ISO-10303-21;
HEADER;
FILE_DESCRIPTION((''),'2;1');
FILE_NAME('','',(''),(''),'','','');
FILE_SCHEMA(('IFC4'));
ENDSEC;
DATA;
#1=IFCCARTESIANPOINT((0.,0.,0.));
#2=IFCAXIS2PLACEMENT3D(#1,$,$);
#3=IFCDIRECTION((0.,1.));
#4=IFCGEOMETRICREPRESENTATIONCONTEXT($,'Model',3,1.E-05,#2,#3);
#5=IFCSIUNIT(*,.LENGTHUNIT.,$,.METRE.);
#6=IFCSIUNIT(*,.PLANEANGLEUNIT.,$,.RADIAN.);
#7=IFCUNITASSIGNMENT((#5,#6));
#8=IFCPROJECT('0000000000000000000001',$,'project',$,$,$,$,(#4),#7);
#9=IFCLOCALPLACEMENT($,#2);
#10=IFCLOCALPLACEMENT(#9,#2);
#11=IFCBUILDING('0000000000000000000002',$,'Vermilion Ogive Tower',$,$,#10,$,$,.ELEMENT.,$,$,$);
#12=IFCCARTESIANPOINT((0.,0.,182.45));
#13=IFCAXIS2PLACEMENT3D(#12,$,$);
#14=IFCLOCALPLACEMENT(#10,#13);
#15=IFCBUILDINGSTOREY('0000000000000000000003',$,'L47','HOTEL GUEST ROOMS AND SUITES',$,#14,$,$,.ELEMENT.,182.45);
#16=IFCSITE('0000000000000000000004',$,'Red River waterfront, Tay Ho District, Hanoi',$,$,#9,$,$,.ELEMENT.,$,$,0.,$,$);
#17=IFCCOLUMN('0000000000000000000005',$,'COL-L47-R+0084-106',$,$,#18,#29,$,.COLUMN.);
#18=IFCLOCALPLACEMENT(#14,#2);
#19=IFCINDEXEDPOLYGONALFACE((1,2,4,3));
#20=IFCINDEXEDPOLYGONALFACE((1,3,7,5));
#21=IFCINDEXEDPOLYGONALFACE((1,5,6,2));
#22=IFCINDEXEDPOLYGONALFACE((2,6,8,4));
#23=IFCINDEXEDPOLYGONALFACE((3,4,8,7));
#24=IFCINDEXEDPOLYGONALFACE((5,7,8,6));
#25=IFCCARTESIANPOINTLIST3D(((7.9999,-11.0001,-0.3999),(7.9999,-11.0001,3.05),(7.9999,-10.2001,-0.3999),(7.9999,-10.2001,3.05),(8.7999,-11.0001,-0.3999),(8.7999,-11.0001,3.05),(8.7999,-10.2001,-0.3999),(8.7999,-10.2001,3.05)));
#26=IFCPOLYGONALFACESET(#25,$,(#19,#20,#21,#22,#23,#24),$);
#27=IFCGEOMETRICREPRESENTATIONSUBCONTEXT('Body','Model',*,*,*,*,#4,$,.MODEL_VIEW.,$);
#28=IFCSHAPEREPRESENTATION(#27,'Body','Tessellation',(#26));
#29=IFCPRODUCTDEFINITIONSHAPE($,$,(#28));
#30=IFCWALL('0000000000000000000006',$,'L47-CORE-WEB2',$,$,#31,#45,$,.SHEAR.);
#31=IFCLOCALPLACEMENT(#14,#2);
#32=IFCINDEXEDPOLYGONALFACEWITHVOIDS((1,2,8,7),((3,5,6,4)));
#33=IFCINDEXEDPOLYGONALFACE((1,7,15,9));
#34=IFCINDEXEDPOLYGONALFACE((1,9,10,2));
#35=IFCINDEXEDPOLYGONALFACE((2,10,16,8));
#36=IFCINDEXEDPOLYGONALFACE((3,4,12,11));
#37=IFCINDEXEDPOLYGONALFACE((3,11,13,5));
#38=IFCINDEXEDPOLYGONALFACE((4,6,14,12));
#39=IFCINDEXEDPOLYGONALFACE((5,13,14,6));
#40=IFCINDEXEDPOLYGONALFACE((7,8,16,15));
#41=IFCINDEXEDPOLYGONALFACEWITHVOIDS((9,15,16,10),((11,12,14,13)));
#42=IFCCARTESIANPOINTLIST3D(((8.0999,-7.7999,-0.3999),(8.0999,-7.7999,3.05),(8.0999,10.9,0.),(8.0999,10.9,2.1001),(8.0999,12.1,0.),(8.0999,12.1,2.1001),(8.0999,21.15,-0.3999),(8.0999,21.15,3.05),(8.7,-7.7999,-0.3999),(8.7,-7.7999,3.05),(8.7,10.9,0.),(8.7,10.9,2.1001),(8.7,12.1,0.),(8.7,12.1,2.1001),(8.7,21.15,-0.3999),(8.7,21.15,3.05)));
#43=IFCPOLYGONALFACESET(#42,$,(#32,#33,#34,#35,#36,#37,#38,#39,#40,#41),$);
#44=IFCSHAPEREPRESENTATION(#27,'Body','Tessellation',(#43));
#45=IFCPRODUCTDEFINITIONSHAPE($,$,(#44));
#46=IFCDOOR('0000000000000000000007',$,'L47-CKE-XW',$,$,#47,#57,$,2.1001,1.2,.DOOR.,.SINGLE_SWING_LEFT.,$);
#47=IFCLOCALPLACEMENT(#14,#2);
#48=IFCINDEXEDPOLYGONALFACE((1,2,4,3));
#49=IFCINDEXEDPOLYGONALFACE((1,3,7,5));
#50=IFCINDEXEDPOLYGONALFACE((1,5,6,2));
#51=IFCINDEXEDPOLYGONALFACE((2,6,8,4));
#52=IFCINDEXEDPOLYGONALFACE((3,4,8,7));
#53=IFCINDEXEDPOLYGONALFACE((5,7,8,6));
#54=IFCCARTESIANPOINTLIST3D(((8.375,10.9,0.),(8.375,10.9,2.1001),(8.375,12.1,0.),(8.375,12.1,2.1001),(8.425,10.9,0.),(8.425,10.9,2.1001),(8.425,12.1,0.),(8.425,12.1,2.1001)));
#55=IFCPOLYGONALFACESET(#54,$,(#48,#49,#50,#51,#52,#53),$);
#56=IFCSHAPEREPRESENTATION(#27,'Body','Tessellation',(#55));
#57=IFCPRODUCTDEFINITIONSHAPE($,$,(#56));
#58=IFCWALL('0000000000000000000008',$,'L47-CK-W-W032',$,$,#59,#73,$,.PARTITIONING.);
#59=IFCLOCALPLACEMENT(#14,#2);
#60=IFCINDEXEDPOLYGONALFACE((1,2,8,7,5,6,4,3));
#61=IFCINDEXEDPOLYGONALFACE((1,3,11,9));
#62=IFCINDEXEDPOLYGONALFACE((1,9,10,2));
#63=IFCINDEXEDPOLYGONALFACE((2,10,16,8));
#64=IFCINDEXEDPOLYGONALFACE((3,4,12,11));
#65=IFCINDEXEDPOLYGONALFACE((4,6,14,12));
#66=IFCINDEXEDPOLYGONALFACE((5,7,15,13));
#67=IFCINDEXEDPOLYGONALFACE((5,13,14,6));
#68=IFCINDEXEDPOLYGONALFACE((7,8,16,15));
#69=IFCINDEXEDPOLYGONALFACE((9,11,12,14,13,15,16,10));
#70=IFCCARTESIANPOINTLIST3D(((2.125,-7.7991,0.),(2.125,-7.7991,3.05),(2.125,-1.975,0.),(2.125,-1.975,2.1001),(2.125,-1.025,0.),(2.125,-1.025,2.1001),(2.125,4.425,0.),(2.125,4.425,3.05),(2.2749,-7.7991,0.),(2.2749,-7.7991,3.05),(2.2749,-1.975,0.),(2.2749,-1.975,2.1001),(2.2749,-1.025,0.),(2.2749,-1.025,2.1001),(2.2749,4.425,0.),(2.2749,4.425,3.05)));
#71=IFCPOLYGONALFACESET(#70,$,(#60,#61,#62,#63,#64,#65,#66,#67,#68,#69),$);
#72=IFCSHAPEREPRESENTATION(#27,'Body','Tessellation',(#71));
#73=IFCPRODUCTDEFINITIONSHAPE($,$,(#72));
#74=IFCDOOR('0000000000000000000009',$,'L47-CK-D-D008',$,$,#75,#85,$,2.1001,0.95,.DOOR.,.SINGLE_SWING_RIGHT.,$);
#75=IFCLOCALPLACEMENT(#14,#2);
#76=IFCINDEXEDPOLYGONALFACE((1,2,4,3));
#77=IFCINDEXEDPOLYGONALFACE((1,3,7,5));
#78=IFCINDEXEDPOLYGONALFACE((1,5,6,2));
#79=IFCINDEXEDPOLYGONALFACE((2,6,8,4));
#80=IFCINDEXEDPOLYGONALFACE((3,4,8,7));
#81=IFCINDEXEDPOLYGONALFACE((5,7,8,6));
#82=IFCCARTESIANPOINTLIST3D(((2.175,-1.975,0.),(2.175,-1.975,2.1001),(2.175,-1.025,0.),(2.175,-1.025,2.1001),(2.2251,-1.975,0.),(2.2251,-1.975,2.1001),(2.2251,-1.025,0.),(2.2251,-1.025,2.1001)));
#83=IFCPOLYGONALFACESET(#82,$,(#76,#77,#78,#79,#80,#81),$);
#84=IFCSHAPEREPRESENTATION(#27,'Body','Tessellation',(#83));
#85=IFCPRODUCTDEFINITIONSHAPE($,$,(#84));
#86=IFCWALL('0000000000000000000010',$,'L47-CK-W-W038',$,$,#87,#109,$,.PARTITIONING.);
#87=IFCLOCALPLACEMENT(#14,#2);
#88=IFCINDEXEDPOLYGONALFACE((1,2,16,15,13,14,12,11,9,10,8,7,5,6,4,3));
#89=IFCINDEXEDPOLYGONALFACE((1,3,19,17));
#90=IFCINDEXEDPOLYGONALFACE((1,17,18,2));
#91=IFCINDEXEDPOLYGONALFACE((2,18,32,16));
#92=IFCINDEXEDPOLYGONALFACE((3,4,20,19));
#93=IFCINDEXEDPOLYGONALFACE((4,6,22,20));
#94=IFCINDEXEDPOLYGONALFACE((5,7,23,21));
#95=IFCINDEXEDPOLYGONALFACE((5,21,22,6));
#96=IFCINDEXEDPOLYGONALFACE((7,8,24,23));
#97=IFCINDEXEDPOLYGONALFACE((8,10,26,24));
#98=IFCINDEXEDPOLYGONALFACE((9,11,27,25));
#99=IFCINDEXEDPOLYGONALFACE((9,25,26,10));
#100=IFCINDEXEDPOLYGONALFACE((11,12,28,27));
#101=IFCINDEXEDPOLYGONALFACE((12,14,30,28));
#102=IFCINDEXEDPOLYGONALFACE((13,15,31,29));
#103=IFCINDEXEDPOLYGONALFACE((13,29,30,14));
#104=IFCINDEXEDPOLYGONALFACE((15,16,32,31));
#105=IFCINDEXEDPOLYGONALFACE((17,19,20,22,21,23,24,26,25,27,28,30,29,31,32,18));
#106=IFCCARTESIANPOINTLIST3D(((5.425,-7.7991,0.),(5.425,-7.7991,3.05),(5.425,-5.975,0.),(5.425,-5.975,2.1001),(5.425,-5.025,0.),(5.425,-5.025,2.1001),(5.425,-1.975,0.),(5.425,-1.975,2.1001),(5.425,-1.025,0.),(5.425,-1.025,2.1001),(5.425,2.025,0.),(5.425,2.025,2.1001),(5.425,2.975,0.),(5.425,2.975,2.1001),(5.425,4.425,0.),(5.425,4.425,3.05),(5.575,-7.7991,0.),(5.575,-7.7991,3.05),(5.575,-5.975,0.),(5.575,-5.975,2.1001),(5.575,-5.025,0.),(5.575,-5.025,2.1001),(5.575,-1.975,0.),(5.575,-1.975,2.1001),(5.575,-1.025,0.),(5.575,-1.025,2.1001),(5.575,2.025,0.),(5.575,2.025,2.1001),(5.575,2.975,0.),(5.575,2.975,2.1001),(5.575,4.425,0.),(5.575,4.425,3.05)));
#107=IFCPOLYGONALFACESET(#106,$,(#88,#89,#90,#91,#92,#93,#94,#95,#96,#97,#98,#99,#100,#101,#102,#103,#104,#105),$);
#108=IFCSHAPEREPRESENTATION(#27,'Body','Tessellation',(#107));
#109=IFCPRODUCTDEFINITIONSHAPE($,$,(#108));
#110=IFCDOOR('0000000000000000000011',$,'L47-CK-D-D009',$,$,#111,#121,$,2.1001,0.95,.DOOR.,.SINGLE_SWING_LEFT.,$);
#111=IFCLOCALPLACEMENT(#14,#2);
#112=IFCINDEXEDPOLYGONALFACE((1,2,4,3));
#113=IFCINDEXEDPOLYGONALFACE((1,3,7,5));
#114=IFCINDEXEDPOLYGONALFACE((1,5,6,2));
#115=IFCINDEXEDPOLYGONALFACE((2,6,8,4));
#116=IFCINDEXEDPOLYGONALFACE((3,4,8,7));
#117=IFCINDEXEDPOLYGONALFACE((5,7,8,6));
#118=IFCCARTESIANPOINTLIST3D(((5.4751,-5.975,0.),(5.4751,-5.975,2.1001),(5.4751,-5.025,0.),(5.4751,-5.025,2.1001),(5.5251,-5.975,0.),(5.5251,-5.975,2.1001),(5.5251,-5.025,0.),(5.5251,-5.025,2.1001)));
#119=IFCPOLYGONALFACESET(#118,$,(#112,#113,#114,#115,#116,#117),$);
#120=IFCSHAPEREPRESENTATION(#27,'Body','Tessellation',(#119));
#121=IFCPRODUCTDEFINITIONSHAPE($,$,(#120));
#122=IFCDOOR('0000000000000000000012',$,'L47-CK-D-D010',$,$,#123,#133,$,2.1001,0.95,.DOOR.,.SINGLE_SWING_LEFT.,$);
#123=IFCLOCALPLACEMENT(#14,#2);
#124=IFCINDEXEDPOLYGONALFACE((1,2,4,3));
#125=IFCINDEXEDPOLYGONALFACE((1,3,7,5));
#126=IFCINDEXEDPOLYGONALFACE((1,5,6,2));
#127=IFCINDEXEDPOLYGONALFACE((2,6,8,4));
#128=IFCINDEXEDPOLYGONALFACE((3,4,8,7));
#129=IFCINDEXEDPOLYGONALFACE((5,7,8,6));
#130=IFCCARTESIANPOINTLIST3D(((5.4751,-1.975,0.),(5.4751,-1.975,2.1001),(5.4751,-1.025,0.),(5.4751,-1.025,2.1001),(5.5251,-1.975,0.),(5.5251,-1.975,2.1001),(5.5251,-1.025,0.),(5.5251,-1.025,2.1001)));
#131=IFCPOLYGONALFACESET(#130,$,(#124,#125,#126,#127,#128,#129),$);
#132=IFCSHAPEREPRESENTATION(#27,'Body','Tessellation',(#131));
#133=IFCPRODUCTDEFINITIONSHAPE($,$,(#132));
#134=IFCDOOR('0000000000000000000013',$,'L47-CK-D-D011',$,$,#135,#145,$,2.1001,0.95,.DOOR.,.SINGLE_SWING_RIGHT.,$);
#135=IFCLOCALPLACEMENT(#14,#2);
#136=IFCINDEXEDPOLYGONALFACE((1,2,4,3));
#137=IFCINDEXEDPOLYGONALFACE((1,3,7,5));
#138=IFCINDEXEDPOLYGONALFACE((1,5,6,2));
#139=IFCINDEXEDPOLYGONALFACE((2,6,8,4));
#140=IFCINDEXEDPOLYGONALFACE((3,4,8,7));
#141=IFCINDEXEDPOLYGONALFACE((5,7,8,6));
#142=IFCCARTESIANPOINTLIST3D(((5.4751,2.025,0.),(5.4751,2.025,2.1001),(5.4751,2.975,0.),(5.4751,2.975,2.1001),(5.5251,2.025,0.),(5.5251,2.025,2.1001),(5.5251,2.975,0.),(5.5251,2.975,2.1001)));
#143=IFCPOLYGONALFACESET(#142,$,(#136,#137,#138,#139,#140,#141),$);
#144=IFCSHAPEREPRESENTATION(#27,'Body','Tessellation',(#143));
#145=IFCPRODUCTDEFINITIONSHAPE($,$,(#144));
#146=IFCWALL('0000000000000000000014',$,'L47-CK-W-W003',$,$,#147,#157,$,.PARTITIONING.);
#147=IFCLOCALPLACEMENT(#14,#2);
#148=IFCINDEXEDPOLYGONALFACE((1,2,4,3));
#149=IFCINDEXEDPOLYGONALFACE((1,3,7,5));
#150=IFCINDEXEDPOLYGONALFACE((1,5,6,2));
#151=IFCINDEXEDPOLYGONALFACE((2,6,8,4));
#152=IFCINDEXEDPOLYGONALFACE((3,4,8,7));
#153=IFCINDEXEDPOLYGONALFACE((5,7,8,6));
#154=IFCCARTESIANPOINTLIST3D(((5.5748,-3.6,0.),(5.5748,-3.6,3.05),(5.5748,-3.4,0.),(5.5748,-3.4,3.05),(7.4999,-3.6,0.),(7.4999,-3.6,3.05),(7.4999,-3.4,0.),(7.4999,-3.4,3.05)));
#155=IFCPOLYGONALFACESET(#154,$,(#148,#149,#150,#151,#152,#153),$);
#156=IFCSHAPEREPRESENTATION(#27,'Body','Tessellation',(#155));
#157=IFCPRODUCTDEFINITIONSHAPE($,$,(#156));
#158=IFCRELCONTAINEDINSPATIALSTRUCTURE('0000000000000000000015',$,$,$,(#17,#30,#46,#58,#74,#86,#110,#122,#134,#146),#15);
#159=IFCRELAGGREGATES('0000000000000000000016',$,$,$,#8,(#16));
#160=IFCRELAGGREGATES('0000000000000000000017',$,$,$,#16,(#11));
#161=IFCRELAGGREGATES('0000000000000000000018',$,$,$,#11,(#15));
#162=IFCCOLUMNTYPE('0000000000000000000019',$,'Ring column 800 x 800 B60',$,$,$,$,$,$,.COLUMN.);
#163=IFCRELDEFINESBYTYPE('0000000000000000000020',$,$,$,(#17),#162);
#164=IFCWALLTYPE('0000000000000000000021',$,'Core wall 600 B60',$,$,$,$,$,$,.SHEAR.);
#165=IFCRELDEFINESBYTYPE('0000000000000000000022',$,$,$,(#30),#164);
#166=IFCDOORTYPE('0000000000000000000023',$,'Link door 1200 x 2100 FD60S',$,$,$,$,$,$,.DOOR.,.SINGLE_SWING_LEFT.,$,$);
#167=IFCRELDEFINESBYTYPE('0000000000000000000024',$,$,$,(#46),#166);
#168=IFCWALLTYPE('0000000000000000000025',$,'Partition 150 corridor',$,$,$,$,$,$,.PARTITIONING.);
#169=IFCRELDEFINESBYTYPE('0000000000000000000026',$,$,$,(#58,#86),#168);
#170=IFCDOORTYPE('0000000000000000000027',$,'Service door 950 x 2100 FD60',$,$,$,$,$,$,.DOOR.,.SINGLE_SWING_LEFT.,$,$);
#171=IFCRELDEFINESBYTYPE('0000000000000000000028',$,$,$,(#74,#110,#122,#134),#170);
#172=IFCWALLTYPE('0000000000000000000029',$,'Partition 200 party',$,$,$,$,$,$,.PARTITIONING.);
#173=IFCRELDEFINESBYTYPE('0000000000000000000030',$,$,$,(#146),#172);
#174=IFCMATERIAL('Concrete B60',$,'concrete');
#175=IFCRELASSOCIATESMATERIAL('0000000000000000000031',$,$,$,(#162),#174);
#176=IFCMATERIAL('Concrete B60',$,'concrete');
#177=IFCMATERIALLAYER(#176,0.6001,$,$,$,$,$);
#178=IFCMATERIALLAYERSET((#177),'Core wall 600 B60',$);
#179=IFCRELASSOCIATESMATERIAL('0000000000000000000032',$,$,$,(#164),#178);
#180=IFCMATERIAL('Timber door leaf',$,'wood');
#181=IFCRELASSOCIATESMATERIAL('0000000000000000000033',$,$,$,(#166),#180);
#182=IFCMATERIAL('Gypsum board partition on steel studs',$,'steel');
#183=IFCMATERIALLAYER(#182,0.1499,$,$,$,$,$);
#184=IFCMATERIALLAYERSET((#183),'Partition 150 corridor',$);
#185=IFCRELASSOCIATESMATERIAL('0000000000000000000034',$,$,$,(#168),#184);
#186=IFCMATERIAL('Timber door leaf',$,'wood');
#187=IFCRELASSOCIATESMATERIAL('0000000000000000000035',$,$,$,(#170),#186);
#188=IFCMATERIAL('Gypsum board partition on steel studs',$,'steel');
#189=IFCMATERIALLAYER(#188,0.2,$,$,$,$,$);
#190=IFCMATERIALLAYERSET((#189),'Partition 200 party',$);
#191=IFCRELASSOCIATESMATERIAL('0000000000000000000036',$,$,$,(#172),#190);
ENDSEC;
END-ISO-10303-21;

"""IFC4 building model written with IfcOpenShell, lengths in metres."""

from ifc_helpers import new_model, si_unit, direction, frame, frame_2d, origin, origin_2d, place, context, subcontext, project, spatial, rectangle, extrude, material, layer, layer_set, material_profile, profile_set, type_object, element, fill, save


model = new_model("IFC4")

# Units and contexts
model_context = context("Model", 3, precision=1e-05, world=origin(), true_north=direction((0.0, 1.0)))
body_context = subcontext(model_context, "Body", "Model", "MODEL_VIEW")
ifc_project = project(units=[si_unit("LENGTHUNIT", "METRE"), si_unit("PLANEANGLEUNIT", "RADIAN")], contexts=[model_context])

# Site, building, storey
site_placement = place(None, origin())
site = spatial("IfcSite", under=ifc_project, at=site_placement, Name="Red River waterfront, Tay Ho District, Hanoi", CompositionType="ELEMENT", RefElevation=0.0)
building_placement = place(site_placement, origin())
building = spatial("IfcBuilding", under=site, at=building_placement, Name="Vermilion Ogive Tower", CompositionType="ELEMENT")
storey_placement = place(building_placement, frame((0.0, 0.0, 182.45)))
storey = spatial("IfcBuildingStorey", under=building, at=storey_placement, Name="L47", Description="HOTEL GUEST ROOMS AND SUITES", CompositionType="ELEMENT", Elevation=182.45)

# Column
ifc_material_1 = material(Name="Concrete B60", Category="concrete")
ifc_material_profile = material_profile(ifc_material_1, rectangle(XDim=0.8, YDim=0.8, at=origin_2d()), Name="800 x 800")
ifc_profile_set = profile_set([ifc_material_profile], Name="Concrete B60")
column_type = type_object("IfcColumnType", Name="Ring column 800 x 800 B60", PredefinedType="COLUMN", material=ifc_profile_set)
column_placement = place(storey_placement, frame((8.3999, -10.6001, -0.3999), z_axis=(0.0, 0.0, 1.0), x_axis=(1.0, 0.0, 0.0)))
element("IfcColumn", 1, at=column_placement, inside=storey, type_object=column_type, Name="COL-L47-R+0084-106", PredefinedType="COLUMN", context=body_context, shape_type="SweptSolid", body=[
    extrude(rectangle(XDim=0.8, YDim=0.8, at=origin_2d()), origin(), (0.0, 0.0, 1.0), 3.45),
])

# Walls, openings, doors
ifc_material_2 = material(Name="Concrete B60", Category="concrete")
ifc_layer_1 = layer(ifc_material_2, 0.6001)
ifc_layer_set_1 = layer_set([ifc_layer_1], Name="Core wall 600 B60")
wall_type_1 = type_object("IfcWallType", Name="Core wall 600 B60", PredefinedType="SHEAR", material=ifc_layer_set_1)
wall_1_placement = place(storey_placement, frame((8.3999, -7.8, -0.3999), z_axis=(0.0, 0.0, 1.0), x_axis=(0.0, 1.0, 0.0)))
wall_1 = element("IfcWall", 2, at=wall_1_placement, inside=storey, type_object=wall_type_1, Name="L47-CORE-WEB2", PredefinedType="SHEAR", context=body_context, shape_type="SweptSolid", body=[
    extrude(rectangle(XDim=28.95, YDim=0.6001, at=frame_2d((14.4751, 0.0))), origin(), (0.0, 0.0, 1.0), 3.45),
])
opening_1_placement = place(wall_1_placement, frame((18.7, 0.0, 0.3999)))
opening_1 = element("IfcOpeningElement", 3, at=opening_1_placement, cuts=wall_1, PredefinedType="OPENING", context=body_context, shape_type="SweptSolid", body=[
    extrude(rectangle(XDim=1.2, YDim=2.1001, at=frame_2d((0.6001, 1.05))), frame((0.0, 0.3101, 0.0), z_axis=(0.0, -1.0, 0.0), x_axis=(1.0, 0.0, 0.0)), (0.0, 0.0, 1.0), 0.6201),
])
ifc_material_3 = material(Name="Timber door leaf", Category="wood")
door_type_1 = type_object("IfcDoorType", Name="Link door 1200 x 2100 FD60S", OperationType="SINGLE_SWING_LEFT", PredefinedType="DOOR", material=ifc_material_3)
door_1_placement = place(opening_1_placement, origin())
door_1 = element("IfcDoor", 4, at=door_1_placement, inside=storey, type_object=door_type_1, Name="L47-CKE-XW", OperationType="SINGLE_SWING_LEFT", OverallHeight=2.1001, OverallWidth=1.2, PredefinedType="DOOR", context=body_context, shape_type="SweptSolid", body=[
    extrude(rectangle(XDim=1.2, YDim=2.1001, at=frame_2d((0.6001, 1.05))), frame((0.0, 0.0249, 0.0), z_axis=(0.0, -1.0, 0.0), x_axis=(1.0, 0.0, 0.0)), (0.0, 0.0, 1.0), 0.05),
])
fill(opening_1, door_1)
ifc_material_4 = material(Name="Gypsum board partition on steel studs", Category="steel")
ifc_layer_2 = layer(ifc_material_4, 0.1499)
ifc_layer_set_2 = layer_set([ifc_layer_2], Name="Partition 150 corridor")
wall_type_2 = type_object("IfcWallType", Name="Partition 150 corridor", PredefinedType="PARTITIONING", material=ifc_layer_set_2)
wall_2_placement = place(storey_placement, frame((2.2, -7.7991, 0.0), z_axis=(0.0, 0.0, 1.0), x_axis=(0.0, 1.0, 0.0)))
wall_2 = element("IfcWall", 5, at=wall_2_placement, inside=storey, type_object=wall_type_2, Name="L47-CK-W-W032", PredefinedType="PARTITIONING", context=body_context, shape_type="SweptSolid", body=[
    extrude(rectangle(XDim=12.2241, YDim=0.1499, at=frame_2d((6.1121, 0.0))), origin(), (0.0, 0.0, 1.0), 3.05),
])
opening_2_placement = place(wall_2_placement, frame((5.824, 0.0, 0.0)))
opening_2 = element("IfcOpeningElement", 6, at=opening_2_placement, cuts=wall_2, PredefinedType="OPENING", context=body_context, shape_type="SweptSolid", body=[
    extrude(rectangle(XDim=0.95, YDim=2.1001, at=frame_2d((0.4751, 1.05))), frame((0.0, 0.085, 0.0), z_axis=(0.0, -1.0, 0.0), x_axis=(1.0, 0.0, 0.0)), (0.0, 0.0, 1.0), 0.1699),
])
ifc_material_5 = material(Name="Timber door leaf", Category="wood")
door_type_2 = type_object("IfcDoorType", Name="Service door 950 x 2100 FD60", OperationType="SINGLE_SWING_LEFT", PredefinedType="DOOR", material=ifc_material_5)
door_2_placement = place(opening_2_placement, origin())
door_2 = element("IfcDoor", 7, at=door_2_placement, inside=storey, type_object=door_type_2, Name="L47-CK-D-D008", OperationType="SINGLE_SWING_RIGHT", OverallHeight=2.1001, OverallWidth=0.95, PredefinedType="DOOR", context=body_context, shape_type="SweptSolid", body=[
    extrude(rectangle(XDim=0.95, YDim=2.1001, at=frame_2d((0.4751, 1.05))), frame((0.0, 0.0249, 0.0), z_axis=(0.0, -1.0, 0.0), x_axis=(1.0, 0.0, 0.0)), (0.0, 0.0, 1.0), 0.05),
])
fill(opening_2, door_2)

# Wall, openings, doors
wall_3_placement = place(storey_placement, frame((5.5, -7.7991, 0.0), z_axis=(0.0, 0.0, 1.0), x_axis=(0.0, 1.0, 0.0)))
wall_3 = element("IfcWall", 8, at=wall_3_placement, inside=storey, type_object=wall_type_2, Name="L47-CK-W-W038", PredefinedType="PARTITIONING", context=body_context, shape_type="SweptSolid", body=[
    extrude(rectangle(XDim=12.2241, YDim=0.1499, at=frame_2d((6.1121, 0.0))), origin(), (0.0, 0.0, 1.0), 3.05),
])
opening_3_placement = place(wall_3_placement, frame((1.824, 0.0, 0.0)))
opening_3 = element("IfcOpeningElement", 9, at=opening_3_placement, cuts=wall_3, PredefinedType="OPENING", context=body_context, shape_type="SweptSolid", body=[
    extrude(rectangle(XDim=0.95, YDim=2.1001, at=frame_2d((0.4751, 1.05))), frame((0.0, 0.085, 0.0), z_axis=(0.0, -1.0, 0.0), x_axis=(1.0, 0.0, 0.0)), (0.0, 0.0, 1.0), 0.1699),
])
opening_4_placement = place(wall_3_placement, frame((5.824, 0.0, 0.0)))
opening_4 = element("IfcOpeningElement", 10, at=opening_4_placement, cuts=wall_3, PredefinedType="OPENING", context=body_context, shape_type="SweptSolid", body=[
    extrude(rectangle(XDim=0.95, YDim=2.1001, at=frame_2d((0.4751, 1.05))), frame((0.0, 0.085, 0.0), z_axis=(0.0, -1.0, 0.0), x_axis=(1.0, 0.0, 0.0)), (0.0, 0.0, 1.0), 0.1699),
])
opening_5_placement = place(wall_3_placement, frame((9.824, 0.0, 0.0)))
opening_5 = element("IfcOpeningElement", 11, at=opening_5_placement, cuts=wall_3, PredefinedType="OPENING", context=body_context, shape_type="SweptSolid", body=[
    extrude(rectangle(XDim=0.95, YDim=2.1001, at=frame_2d((0.4751, 1.05))), frame((0.0, 0.085, 0.0), z_axis=(0.0, -1.0, 0.0), x_axis=(1.0, 0.0, 0.0)), (0.0, 0.0, 1.0), 0.1699),
])
door_3_placement = place(opening_3_placement, origin())
door_3 = element("IfcDoor", 12, at=door_3_placement, inside=storey, type_object=door_type_2, Name="L47-CK-D-D009", OperationType="SINGLE_SWING_LEFT", OverallHeight=2.1001, OverallWidth=0.95, PredefinedType="DOOR", context=body_context, shape_type="SweptSolid", body=[
    extrude(rectangle(XDim=0.95, YDim=2.1001, at=frame_2d((0.4751, 1.05))), frame((0.0, 0.0249, 0.0), z_axis=(0.0, -1.0, 0.0), x_axis=(1.0, 0.0, 0.0)), (0.0, 0.0, 1.0), 0.05),
])
fill(opening_3, door_3)
door_4_placement = place(opening_4_placement, origin())
door_4 = element("IfcDoor", 13, at=door_4_placement, inside=storey, type_object=door_type_2, Name="L47-CK-D-D010", OperationType="SINGLE_SWING_LEFT", OverallHeight=2.1001, OverallWidth=0.95, PredefinedType="DOOR", context=body_context, shape_type="SweptSolid", body=[
    extrude(rectangle(XDim=0.95, YDim=2.1001, at=frame_2d((0.4751, 1.05))), frame((0.0, 0.0249, 0.0), z_axis=(0.0, -1.0, 0.0), x_axis=(1.0, 0.0, 0.0)), (0.0, 0.0, 1.0), 0.05),
])
fill(opening_4, door_4)
door_5_placement = place(opening_5_placement, origin())
door_5 = element("IfcDoor", 14, at=door_5_placement, inside=storey, type_object=door_type_2, Name="L47-CK-D-D011", OperationType="SINGLE_SWING_RIGHT", OverallHeight=2.1001, OverallWidth=0.95, PredefinedType="DOOR", context=body_context, shape_type="SweptSolid", body=[
    extrude(rectangle(XDim=0.95, YDim=2.1001, at=frame_2d((0.4751, 1.05))), frame((0.0, 0.0249, 0.0), z_axis=(0.0, -1.0, 0.0), x_axis=(1.0, 0.0, 0.0)), (0.0, 0.0, 1.0), 0.05),
])
fill(opening_5, door_5)

# Wall
ifc_material_6 = material(Name="Gypsum board partition on steel studs", Category="steel")
ifc_layer_3 = layer(ifc_material_6, 0.2)
ifc_layer_set_3 = layer_set([ifc_layer_3], Name="Partition 200 party")
wall_type_3 = type_object("IfcWallType", Name="Partition 200 party", PredefinedType="PARTITIONING", material=ifc_layer_set_3)
wall_4_placement = place(storey_placement, frame((5.575, -3.5, 0.0), z_axis=(0.0, 0.0, 1.0), x_axis=(1.0, 0.0, 0.0)))
element("IfcWall", 15, at=wall_4_placement, inside=storey, type_object=wall_type_3, Name="L47-CK-W-W003", PredefinedType="PARTITIONING", context=body_context, shape_type="SweptSolid", body=[
    extrude(rectangle(XDim=1.925, YDim=0.2, at=frame_2d((0.9624, 0.0))), origin(), (0.0, 0.0, 1.0), 3.05),
])

save(model, "model.ifc")
